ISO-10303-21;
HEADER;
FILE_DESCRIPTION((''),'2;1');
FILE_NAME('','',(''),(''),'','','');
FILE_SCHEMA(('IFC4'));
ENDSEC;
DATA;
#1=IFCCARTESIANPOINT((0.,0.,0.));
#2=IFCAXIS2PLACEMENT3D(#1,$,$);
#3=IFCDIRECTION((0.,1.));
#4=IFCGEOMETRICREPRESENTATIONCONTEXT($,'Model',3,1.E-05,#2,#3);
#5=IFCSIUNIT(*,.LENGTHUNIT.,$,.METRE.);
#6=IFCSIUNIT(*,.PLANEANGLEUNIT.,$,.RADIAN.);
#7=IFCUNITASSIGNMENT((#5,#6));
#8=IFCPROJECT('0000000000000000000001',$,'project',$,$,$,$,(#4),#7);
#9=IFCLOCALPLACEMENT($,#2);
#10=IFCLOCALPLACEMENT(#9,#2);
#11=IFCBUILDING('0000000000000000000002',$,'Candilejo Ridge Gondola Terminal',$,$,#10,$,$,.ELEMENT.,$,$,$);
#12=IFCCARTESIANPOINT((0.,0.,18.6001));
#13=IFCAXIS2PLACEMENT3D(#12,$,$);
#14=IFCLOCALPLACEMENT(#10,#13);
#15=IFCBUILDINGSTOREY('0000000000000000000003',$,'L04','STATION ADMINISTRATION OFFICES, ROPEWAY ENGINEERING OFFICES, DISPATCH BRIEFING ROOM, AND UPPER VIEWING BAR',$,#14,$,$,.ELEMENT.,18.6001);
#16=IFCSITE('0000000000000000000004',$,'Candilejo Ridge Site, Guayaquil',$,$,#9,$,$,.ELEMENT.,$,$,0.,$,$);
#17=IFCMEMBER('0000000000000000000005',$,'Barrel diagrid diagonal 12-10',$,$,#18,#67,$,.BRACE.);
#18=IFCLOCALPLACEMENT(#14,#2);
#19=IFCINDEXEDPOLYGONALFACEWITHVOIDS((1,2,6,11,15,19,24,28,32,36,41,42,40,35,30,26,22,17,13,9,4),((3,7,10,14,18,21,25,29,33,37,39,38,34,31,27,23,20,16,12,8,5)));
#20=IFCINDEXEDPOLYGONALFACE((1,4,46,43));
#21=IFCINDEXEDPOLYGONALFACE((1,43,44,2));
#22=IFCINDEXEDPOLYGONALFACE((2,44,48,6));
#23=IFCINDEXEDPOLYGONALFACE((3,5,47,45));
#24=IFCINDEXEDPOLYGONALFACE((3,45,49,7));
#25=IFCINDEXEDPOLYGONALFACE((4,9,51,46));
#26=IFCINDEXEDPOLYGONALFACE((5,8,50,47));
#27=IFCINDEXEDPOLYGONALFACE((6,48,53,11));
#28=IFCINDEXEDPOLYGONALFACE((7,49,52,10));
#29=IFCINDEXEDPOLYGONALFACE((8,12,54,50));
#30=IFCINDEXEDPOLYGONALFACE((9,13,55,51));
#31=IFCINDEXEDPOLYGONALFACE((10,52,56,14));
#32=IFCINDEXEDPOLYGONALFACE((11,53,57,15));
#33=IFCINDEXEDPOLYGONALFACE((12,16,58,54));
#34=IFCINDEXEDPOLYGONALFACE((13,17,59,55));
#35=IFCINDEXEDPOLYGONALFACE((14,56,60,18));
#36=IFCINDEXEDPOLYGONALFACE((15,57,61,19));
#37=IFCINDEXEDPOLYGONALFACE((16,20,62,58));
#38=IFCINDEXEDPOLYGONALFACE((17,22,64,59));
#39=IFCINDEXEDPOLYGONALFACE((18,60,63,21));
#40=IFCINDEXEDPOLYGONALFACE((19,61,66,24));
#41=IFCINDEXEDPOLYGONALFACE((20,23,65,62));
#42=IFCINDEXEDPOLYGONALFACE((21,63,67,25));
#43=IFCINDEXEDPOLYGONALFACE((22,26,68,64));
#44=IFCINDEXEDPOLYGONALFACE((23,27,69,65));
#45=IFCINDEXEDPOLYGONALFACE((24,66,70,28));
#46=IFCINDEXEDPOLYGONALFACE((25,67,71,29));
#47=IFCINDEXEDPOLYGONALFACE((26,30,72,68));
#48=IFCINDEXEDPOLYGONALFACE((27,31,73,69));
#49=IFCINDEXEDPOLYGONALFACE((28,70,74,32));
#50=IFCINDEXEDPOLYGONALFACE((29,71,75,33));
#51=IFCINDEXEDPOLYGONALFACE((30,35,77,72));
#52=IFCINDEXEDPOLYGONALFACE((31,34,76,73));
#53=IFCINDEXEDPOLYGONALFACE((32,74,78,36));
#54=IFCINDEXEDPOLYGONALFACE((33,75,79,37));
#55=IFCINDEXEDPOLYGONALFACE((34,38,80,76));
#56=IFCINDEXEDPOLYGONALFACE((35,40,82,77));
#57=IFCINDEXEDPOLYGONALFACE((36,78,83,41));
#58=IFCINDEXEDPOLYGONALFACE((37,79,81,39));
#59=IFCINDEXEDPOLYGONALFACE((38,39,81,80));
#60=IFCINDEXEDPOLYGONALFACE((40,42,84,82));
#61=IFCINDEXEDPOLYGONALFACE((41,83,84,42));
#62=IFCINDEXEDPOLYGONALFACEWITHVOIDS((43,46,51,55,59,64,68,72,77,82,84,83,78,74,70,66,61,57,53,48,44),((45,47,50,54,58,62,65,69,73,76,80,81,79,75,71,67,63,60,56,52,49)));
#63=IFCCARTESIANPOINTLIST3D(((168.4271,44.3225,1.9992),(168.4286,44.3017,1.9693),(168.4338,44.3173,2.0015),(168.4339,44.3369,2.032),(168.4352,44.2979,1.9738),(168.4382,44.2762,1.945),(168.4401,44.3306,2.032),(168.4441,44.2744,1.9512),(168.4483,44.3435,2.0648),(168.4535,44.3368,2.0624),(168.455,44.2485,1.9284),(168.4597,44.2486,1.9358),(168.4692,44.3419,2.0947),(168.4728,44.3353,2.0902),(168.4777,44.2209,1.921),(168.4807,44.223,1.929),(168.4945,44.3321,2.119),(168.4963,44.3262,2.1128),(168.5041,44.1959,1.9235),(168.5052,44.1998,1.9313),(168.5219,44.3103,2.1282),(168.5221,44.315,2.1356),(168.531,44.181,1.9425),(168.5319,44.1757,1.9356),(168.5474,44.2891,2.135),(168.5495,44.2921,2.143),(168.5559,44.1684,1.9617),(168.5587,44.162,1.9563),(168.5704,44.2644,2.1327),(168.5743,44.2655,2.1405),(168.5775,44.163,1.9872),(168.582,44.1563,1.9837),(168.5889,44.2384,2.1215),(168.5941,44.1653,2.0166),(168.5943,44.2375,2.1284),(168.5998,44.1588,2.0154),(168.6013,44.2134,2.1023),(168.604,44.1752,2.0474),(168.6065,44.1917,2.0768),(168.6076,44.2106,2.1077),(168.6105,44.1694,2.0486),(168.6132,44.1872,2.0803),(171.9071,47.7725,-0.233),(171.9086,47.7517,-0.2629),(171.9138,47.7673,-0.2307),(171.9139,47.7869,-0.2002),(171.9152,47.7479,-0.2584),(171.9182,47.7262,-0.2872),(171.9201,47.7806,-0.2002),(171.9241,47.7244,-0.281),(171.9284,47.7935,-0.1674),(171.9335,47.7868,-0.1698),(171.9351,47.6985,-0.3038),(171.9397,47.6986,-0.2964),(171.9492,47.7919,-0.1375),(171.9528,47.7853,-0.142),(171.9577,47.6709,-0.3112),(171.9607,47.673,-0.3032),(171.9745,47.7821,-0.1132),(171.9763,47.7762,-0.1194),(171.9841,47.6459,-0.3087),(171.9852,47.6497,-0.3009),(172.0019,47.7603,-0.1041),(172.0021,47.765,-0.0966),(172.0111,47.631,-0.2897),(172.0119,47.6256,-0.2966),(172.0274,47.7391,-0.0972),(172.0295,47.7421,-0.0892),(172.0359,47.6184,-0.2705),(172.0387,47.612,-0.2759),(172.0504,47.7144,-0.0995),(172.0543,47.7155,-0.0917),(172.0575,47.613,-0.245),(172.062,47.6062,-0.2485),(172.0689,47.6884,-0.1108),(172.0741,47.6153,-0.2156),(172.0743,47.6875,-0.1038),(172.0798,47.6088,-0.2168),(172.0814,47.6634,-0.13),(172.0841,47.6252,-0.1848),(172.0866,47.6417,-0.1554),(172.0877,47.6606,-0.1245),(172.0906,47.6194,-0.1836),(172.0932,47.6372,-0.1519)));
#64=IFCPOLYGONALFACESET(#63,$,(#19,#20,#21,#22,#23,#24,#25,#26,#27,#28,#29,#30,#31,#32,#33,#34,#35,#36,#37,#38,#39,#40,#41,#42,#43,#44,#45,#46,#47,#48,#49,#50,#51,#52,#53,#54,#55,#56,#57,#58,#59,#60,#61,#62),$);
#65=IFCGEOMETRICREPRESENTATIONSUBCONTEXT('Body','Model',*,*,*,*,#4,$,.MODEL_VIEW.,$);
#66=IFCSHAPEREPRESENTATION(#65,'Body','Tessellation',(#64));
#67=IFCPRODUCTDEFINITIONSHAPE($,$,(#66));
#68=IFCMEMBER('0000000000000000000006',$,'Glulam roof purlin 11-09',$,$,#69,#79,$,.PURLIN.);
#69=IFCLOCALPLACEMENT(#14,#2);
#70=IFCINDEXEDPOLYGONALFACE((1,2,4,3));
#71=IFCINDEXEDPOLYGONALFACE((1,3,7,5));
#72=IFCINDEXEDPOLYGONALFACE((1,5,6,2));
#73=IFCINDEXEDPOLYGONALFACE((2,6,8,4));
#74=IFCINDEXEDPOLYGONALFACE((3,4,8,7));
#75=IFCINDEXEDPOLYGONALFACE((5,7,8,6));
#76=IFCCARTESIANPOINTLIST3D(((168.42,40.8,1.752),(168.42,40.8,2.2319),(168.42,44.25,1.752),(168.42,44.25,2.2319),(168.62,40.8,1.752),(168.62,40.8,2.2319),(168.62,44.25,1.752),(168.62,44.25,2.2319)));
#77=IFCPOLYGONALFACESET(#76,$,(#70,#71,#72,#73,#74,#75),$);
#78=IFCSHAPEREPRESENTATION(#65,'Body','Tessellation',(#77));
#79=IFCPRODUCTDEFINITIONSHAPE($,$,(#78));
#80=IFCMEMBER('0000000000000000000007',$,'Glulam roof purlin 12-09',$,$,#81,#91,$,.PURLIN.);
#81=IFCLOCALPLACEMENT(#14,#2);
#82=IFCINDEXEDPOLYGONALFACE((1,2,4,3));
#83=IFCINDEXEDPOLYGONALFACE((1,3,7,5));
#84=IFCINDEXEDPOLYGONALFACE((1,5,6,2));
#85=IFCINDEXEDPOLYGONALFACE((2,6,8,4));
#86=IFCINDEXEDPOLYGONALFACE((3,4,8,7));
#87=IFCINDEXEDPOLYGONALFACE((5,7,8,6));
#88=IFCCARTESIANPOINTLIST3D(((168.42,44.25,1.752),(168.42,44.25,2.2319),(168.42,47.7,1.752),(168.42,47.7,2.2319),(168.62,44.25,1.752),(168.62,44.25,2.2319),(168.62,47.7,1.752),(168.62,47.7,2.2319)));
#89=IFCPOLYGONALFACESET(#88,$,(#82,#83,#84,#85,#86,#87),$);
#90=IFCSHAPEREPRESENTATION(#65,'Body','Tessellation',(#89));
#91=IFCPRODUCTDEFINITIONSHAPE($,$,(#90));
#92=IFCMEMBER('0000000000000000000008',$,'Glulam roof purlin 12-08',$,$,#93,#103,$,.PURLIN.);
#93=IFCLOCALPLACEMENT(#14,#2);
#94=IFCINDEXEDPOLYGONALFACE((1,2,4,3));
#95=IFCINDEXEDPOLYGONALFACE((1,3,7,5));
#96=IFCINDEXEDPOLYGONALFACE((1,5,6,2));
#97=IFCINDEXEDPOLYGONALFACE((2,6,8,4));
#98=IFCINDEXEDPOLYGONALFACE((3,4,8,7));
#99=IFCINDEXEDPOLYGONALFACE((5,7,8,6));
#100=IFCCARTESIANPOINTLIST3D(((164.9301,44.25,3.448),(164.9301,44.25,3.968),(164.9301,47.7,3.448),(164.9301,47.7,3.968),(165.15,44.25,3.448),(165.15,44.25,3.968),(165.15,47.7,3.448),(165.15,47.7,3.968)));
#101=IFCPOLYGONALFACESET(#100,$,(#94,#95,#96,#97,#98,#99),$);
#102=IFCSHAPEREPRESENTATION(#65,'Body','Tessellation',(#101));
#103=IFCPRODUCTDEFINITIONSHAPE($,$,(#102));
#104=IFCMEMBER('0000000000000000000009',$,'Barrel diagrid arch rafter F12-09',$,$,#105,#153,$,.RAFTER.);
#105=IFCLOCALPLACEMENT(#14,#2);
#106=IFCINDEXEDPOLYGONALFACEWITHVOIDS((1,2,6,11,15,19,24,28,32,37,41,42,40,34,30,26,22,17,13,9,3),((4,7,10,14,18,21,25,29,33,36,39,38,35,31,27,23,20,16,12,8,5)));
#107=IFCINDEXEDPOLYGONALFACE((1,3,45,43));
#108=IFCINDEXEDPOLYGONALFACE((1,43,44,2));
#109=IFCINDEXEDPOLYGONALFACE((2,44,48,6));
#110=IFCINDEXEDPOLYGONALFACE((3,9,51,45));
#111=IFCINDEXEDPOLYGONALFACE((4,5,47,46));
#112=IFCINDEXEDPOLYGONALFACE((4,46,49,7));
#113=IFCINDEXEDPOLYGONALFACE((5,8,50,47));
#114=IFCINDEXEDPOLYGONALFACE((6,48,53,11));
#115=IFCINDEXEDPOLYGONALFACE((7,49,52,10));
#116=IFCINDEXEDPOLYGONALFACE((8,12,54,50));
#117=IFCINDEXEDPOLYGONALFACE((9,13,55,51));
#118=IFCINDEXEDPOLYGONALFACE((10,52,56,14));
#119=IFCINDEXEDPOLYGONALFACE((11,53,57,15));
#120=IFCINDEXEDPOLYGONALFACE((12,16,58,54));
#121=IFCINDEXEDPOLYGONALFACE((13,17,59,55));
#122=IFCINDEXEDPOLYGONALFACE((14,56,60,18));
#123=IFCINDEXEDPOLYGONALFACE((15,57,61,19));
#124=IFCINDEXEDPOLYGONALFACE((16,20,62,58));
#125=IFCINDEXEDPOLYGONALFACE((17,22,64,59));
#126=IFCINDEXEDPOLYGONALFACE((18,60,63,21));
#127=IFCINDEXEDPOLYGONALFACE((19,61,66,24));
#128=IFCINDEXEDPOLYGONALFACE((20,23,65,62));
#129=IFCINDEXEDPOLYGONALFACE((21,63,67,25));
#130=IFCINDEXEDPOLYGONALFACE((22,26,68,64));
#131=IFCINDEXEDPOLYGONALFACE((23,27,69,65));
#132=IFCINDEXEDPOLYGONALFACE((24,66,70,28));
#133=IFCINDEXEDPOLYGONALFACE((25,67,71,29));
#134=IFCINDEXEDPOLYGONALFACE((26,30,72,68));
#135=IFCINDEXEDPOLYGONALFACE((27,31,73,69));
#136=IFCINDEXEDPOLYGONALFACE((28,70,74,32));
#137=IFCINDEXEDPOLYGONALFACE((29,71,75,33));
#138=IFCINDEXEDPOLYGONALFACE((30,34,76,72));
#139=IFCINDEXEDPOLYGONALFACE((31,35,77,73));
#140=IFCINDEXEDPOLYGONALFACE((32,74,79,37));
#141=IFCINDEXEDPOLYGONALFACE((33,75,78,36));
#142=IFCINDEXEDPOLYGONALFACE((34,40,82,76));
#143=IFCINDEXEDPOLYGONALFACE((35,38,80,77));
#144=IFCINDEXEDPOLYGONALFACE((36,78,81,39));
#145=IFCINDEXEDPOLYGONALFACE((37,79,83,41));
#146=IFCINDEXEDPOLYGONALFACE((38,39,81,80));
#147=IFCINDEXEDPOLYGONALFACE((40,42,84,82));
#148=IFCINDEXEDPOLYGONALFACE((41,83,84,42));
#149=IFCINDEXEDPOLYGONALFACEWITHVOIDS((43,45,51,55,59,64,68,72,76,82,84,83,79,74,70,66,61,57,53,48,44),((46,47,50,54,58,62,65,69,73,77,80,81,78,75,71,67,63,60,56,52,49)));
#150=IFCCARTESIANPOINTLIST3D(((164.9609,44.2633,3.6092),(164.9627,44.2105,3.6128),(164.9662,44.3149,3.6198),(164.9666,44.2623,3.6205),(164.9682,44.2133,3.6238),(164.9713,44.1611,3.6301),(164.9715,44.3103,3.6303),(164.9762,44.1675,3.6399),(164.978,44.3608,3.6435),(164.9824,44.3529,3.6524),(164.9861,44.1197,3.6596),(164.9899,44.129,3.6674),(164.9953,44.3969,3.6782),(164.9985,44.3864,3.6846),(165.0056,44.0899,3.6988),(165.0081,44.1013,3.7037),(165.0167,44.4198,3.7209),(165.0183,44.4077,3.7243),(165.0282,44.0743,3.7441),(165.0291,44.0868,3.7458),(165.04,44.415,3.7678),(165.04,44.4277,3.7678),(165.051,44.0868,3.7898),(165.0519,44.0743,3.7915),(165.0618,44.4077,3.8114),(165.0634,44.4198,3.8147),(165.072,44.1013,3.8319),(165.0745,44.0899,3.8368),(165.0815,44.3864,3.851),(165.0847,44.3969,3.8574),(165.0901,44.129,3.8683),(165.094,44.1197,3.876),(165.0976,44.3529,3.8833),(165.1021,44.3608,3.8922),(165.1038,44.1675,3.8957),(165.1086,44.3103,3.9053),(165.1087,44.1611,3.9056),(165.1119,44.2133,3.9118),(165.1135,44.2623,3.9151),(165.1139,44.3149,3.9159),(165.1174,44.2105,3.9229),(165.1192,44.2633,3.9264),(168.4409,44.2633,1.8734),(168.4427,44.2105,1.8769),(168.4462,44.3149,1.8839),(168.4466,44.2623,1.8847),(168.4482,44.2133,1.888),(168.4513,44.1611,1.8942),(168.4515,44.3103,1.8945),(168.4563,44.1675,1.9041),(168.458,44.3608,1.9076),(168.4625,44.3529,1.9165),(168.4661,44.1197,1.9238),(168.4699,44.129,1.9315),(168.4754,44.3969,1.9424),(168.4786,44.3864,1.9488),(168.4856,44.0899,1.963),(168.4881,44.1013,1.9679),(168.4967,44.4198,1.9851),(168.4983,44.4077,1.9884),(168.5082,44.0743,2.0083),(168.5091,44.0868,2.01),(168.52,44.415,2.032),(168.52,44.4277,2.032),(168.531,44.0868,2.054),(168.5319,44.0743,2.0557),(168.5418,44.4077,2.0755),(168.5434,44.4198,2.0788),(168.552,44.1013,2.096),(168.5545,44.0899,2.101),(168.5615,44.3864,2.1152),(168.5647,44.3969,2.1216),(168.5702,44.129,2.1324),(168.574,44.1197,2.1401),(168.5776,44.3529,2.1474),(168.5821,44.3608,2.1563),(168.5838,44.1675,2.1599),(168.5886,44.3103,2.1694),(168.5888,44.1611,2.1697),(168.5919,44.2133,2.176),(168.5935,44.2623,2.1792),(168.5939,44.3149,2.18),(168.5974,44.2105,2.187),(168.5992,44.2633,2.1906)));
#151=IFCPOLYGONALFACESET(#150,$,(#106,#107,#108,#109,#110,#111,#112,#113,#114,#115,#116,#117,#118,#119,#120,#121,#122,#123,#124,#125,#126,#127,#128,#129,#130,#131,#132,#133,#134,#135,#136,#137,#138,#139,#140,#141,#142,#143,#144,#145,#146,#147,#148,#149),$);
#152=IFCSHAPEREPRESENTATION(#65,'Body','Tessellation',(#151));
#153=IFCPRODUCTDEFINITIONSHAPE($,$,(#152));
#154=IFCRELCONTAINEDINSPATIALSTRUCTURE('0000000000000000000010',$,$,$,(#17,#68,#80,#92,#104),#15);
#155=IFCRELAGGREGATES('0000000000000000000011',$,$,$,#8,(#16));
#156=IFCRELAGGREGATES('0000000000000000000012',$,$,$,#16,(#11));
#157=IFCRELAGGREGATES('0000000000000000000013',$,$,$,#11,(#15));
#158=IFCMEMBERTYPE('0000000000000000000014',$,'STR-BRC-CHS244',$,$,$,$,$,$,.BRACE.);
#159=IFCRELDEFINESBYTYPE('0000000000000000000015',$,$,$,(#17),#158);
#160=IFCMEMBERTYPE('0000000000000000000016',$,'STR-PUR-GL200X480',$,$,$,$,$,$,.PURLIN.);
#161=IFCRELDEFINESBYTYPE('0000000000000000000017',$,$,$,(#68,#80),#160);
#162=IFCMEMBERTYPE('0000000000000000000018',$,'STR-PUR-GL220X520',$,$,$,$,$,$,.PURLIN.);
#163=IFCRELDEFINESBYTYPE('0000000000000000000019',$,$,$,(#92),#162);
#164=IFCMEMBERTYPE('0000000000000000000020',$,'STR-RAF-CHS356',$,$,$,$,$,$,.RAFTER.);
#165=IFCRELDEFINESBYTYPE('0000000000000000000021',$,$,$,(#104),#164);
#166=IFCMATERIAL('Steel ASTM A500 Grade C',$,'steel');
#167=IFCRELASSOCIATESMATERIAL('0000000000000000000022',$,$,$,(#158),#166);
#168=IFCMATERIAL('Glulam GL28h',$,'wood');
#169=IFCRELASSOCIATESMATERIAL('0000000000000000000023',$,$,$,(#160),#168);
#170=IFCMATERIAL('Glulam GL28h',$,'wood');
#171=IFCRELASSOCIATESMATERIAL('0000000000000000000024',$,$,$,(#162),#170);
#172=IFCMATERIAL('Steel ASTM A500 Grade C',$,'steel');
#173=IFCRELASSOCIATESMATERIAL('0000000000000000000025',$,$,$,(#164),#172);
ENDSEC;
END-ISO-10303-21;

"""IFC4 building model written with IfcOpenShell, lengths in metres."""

from ifc_helpers import new_model, si_unit, direction, frame, origin, origin_2d, place, context, subcontext, project, spatial, rectangle, hollow_circle, extrude, material, material_profile, profile_set, type_object, element, save


model = new_model("IFC4")

# Units and contexts
model_context = context("Model", 3, precision=1e-05, world=origin(), true_north=direction((0.0, 1.0)))
body_context = subcontext(model_context, "Body", "Model", "MODEL_VIEW")
ifc_project = project(units=[si_unit("LENGTHUNIT", "METRE"), si_unit("PLANEANGLEUNIT", "RADIAN")], contexts=[model_context])

# Site, building, storey
site_placement = place(None, origin())
site = spatial("IfcSite", under=ifc_project, at=site_placement, Name="Candilejo Ridge Site, Guayaquil", CompositionType="ELEMENT", RefElevation=0.0)
building_placement = place(site_placement, origin())
building = spatial("IfcBuilding", under=site, at=building_placement, Name="Candilejo Ridge Gondola Terminal", CompositionType="ELEMENT")
storey_placement = place(building_placement, frame((0.0, 0.0, 18.6001)))
storey = spatial("IfcBuildingStorey", under=building, at=storey_placement, Name="L04", Description="STATION ADMINISTRATION OFFICES, ROPEWAY ENGINEERING OFFICES, DISPATCH BRIEFING ROOM, AND UPPER VIEWING BAR", CompositionType="ELEMENT", Elevation=18.6001)

# Members
ifc_material_1 = material(Name="Steel ASTM A500 Grade C", Category="steel")
ifc_material_profile_1 = material_profile(ifc_material_1, hollow_circle(Radius=0.1223, WallThickness=0.0088, at=origin_2d()))
ifc_profile_set_1 = profile_set([ifc_material_profile_1], Name="Steel ASTM A500 Grade C")
member_type_1 = type_object("IfcMemberType", Name="STR-BRC-CHS244", PredefinedType="BRACE", material=ifc_profile_set_1)
member_1_placement = place(storey_placement, frame((168.52, 44.25, 2.032), z_axis=(0.646271, 0.640695, -0.41454), x_axis=(-0.704036, 0.710164, 0.0)))
element("IfcMember", 1, at=member_1_placement, inside=storey, type_object=member_type_1, Name="Barrel diagrid diagonal 12-10", PredefinedType="BRACE", context=body_context, shape_type="SweptSolid", body=[
    extrude(hollow_circle(Radius=0.1223, WallThickness=0.0088, at=origin_2d()), origin(), (0.0, 0.0, 1.0), 5.3848),
])
ifc_material_2 = material(Name="Glulam GL28h", Category="wood")
ifc_material_profile_2 = material_profile(ifc_material_2, rectangle(XDim=0.2, YDim=0.48, at=origin_2d()))
ifc_profile_set_2 = profile_set([ifc_material_profile_2], Name="Glulam GL28h")
member_type_2 = type_object("IfcMemberType", Name="STR-PUR-GL200X480", PredefinedType="PURLIN", material=ifc_profile_set_2)
for number, where, z_axis, x_axis, name in (
    (2, (168.52, 40.8, 1.9919), (0.0, 1.0, 0.0), (-1.0, 0.0, 0.0), "Glulam roof purlin 11-09"),
    (3, (168.52, 44.25, 1.9919), (0.0, 1.0, 0.0), (-1.0, 0.0, 0.0), "Glulam roof purlin 12-09"),
):
    element("IfcMember", number, at=place(storey_placement, frame(where, z_axis=z_axis, x_axis=x_axis)), inside=storey, type_object=member_type_2, Name=name, PredefinedType="PURLIN", context=body_context, shape_type="SweptSolid", body=[
        extrude(rectangle(XDim=0.2, YDim=0.48, at=origin_2d()), origin(), (0.0, 0.0, 1.0), 3.45),
    ])
ifc_material_3 = material(Name="Glulam GL28h", Category="wood")
ifc_material_profile_3 = material_profile(ifc_material_3, rectangle(XDim=0.22, YDim=0.52, at=origin_2d()))
ifc_profile_set_3 = profile_set([ifc_material_profile_3], Name="Glulam GL28h")
member_type_3 = type_object("IfcMemberType", Name="STR-PUR-GL220X520", PredefinedType="PURLIN", material=ifc_profile_set_3)
member_2_placement = place(storey_placement, frame((165.04, 44.25, 3.708), z_axis=(0.0, 1.0, 0.0), x_axis=(-1.0, 0.0, 0.0)))
element("IfcMember", 4, at=member_2_placement, inside=storey, type_object=member_type_3, Name="Glulam roof purlin 12-08", PredefinedType="PURLIN", context=body_context, shape_type="SweptSolid", body=[
    extrude(rectangle(XDim=0.22, YDim=0.52, at=origin_2d()), origin(), (0.0, 0.0, 1.0), 3.45),
])
ifc_material_4 = material(Name="Steel ASTM A500 Grade C", Category="steel")
ifc_material_profile_4 = material_profile(ifc_material_4, hollow_circle(Radius=0.1777, WallThickness=0.0127, at=origin_2d()))
ifc_profile_set_4 = profile_set([ifc_material_profile_4], Name="Steel ASTM A500 Grade C")
member_type_4 = type_object("IfcMemberType", Name="STR-RAF-CHS356", PredefinedType="RAFTER", material=ifc_profile_set_4)
member_3_placement = place(storey_placement, frame((165.04, 44.25, 3.7678), z_axis=(0.894854, 0.0, -0.44636), x_axis=(0.0, 1.0, 0.0)))
element("IfcMember", 5, at=member_3_placement, inside=storey, type_object=member_type_4, Name="Barrel diagrid arch rafter F12-09", PredefinedType="RAFTER", context=body_context, shape_type="SweptSolid", body=[
    extrude(hollow_circle(Radius=0.1777, WallThickness=0.0127, at=origin_2d()), origin(), (0.0, 0.0, 1.0), 3.8889),
])

save(model, "model.ifc")
